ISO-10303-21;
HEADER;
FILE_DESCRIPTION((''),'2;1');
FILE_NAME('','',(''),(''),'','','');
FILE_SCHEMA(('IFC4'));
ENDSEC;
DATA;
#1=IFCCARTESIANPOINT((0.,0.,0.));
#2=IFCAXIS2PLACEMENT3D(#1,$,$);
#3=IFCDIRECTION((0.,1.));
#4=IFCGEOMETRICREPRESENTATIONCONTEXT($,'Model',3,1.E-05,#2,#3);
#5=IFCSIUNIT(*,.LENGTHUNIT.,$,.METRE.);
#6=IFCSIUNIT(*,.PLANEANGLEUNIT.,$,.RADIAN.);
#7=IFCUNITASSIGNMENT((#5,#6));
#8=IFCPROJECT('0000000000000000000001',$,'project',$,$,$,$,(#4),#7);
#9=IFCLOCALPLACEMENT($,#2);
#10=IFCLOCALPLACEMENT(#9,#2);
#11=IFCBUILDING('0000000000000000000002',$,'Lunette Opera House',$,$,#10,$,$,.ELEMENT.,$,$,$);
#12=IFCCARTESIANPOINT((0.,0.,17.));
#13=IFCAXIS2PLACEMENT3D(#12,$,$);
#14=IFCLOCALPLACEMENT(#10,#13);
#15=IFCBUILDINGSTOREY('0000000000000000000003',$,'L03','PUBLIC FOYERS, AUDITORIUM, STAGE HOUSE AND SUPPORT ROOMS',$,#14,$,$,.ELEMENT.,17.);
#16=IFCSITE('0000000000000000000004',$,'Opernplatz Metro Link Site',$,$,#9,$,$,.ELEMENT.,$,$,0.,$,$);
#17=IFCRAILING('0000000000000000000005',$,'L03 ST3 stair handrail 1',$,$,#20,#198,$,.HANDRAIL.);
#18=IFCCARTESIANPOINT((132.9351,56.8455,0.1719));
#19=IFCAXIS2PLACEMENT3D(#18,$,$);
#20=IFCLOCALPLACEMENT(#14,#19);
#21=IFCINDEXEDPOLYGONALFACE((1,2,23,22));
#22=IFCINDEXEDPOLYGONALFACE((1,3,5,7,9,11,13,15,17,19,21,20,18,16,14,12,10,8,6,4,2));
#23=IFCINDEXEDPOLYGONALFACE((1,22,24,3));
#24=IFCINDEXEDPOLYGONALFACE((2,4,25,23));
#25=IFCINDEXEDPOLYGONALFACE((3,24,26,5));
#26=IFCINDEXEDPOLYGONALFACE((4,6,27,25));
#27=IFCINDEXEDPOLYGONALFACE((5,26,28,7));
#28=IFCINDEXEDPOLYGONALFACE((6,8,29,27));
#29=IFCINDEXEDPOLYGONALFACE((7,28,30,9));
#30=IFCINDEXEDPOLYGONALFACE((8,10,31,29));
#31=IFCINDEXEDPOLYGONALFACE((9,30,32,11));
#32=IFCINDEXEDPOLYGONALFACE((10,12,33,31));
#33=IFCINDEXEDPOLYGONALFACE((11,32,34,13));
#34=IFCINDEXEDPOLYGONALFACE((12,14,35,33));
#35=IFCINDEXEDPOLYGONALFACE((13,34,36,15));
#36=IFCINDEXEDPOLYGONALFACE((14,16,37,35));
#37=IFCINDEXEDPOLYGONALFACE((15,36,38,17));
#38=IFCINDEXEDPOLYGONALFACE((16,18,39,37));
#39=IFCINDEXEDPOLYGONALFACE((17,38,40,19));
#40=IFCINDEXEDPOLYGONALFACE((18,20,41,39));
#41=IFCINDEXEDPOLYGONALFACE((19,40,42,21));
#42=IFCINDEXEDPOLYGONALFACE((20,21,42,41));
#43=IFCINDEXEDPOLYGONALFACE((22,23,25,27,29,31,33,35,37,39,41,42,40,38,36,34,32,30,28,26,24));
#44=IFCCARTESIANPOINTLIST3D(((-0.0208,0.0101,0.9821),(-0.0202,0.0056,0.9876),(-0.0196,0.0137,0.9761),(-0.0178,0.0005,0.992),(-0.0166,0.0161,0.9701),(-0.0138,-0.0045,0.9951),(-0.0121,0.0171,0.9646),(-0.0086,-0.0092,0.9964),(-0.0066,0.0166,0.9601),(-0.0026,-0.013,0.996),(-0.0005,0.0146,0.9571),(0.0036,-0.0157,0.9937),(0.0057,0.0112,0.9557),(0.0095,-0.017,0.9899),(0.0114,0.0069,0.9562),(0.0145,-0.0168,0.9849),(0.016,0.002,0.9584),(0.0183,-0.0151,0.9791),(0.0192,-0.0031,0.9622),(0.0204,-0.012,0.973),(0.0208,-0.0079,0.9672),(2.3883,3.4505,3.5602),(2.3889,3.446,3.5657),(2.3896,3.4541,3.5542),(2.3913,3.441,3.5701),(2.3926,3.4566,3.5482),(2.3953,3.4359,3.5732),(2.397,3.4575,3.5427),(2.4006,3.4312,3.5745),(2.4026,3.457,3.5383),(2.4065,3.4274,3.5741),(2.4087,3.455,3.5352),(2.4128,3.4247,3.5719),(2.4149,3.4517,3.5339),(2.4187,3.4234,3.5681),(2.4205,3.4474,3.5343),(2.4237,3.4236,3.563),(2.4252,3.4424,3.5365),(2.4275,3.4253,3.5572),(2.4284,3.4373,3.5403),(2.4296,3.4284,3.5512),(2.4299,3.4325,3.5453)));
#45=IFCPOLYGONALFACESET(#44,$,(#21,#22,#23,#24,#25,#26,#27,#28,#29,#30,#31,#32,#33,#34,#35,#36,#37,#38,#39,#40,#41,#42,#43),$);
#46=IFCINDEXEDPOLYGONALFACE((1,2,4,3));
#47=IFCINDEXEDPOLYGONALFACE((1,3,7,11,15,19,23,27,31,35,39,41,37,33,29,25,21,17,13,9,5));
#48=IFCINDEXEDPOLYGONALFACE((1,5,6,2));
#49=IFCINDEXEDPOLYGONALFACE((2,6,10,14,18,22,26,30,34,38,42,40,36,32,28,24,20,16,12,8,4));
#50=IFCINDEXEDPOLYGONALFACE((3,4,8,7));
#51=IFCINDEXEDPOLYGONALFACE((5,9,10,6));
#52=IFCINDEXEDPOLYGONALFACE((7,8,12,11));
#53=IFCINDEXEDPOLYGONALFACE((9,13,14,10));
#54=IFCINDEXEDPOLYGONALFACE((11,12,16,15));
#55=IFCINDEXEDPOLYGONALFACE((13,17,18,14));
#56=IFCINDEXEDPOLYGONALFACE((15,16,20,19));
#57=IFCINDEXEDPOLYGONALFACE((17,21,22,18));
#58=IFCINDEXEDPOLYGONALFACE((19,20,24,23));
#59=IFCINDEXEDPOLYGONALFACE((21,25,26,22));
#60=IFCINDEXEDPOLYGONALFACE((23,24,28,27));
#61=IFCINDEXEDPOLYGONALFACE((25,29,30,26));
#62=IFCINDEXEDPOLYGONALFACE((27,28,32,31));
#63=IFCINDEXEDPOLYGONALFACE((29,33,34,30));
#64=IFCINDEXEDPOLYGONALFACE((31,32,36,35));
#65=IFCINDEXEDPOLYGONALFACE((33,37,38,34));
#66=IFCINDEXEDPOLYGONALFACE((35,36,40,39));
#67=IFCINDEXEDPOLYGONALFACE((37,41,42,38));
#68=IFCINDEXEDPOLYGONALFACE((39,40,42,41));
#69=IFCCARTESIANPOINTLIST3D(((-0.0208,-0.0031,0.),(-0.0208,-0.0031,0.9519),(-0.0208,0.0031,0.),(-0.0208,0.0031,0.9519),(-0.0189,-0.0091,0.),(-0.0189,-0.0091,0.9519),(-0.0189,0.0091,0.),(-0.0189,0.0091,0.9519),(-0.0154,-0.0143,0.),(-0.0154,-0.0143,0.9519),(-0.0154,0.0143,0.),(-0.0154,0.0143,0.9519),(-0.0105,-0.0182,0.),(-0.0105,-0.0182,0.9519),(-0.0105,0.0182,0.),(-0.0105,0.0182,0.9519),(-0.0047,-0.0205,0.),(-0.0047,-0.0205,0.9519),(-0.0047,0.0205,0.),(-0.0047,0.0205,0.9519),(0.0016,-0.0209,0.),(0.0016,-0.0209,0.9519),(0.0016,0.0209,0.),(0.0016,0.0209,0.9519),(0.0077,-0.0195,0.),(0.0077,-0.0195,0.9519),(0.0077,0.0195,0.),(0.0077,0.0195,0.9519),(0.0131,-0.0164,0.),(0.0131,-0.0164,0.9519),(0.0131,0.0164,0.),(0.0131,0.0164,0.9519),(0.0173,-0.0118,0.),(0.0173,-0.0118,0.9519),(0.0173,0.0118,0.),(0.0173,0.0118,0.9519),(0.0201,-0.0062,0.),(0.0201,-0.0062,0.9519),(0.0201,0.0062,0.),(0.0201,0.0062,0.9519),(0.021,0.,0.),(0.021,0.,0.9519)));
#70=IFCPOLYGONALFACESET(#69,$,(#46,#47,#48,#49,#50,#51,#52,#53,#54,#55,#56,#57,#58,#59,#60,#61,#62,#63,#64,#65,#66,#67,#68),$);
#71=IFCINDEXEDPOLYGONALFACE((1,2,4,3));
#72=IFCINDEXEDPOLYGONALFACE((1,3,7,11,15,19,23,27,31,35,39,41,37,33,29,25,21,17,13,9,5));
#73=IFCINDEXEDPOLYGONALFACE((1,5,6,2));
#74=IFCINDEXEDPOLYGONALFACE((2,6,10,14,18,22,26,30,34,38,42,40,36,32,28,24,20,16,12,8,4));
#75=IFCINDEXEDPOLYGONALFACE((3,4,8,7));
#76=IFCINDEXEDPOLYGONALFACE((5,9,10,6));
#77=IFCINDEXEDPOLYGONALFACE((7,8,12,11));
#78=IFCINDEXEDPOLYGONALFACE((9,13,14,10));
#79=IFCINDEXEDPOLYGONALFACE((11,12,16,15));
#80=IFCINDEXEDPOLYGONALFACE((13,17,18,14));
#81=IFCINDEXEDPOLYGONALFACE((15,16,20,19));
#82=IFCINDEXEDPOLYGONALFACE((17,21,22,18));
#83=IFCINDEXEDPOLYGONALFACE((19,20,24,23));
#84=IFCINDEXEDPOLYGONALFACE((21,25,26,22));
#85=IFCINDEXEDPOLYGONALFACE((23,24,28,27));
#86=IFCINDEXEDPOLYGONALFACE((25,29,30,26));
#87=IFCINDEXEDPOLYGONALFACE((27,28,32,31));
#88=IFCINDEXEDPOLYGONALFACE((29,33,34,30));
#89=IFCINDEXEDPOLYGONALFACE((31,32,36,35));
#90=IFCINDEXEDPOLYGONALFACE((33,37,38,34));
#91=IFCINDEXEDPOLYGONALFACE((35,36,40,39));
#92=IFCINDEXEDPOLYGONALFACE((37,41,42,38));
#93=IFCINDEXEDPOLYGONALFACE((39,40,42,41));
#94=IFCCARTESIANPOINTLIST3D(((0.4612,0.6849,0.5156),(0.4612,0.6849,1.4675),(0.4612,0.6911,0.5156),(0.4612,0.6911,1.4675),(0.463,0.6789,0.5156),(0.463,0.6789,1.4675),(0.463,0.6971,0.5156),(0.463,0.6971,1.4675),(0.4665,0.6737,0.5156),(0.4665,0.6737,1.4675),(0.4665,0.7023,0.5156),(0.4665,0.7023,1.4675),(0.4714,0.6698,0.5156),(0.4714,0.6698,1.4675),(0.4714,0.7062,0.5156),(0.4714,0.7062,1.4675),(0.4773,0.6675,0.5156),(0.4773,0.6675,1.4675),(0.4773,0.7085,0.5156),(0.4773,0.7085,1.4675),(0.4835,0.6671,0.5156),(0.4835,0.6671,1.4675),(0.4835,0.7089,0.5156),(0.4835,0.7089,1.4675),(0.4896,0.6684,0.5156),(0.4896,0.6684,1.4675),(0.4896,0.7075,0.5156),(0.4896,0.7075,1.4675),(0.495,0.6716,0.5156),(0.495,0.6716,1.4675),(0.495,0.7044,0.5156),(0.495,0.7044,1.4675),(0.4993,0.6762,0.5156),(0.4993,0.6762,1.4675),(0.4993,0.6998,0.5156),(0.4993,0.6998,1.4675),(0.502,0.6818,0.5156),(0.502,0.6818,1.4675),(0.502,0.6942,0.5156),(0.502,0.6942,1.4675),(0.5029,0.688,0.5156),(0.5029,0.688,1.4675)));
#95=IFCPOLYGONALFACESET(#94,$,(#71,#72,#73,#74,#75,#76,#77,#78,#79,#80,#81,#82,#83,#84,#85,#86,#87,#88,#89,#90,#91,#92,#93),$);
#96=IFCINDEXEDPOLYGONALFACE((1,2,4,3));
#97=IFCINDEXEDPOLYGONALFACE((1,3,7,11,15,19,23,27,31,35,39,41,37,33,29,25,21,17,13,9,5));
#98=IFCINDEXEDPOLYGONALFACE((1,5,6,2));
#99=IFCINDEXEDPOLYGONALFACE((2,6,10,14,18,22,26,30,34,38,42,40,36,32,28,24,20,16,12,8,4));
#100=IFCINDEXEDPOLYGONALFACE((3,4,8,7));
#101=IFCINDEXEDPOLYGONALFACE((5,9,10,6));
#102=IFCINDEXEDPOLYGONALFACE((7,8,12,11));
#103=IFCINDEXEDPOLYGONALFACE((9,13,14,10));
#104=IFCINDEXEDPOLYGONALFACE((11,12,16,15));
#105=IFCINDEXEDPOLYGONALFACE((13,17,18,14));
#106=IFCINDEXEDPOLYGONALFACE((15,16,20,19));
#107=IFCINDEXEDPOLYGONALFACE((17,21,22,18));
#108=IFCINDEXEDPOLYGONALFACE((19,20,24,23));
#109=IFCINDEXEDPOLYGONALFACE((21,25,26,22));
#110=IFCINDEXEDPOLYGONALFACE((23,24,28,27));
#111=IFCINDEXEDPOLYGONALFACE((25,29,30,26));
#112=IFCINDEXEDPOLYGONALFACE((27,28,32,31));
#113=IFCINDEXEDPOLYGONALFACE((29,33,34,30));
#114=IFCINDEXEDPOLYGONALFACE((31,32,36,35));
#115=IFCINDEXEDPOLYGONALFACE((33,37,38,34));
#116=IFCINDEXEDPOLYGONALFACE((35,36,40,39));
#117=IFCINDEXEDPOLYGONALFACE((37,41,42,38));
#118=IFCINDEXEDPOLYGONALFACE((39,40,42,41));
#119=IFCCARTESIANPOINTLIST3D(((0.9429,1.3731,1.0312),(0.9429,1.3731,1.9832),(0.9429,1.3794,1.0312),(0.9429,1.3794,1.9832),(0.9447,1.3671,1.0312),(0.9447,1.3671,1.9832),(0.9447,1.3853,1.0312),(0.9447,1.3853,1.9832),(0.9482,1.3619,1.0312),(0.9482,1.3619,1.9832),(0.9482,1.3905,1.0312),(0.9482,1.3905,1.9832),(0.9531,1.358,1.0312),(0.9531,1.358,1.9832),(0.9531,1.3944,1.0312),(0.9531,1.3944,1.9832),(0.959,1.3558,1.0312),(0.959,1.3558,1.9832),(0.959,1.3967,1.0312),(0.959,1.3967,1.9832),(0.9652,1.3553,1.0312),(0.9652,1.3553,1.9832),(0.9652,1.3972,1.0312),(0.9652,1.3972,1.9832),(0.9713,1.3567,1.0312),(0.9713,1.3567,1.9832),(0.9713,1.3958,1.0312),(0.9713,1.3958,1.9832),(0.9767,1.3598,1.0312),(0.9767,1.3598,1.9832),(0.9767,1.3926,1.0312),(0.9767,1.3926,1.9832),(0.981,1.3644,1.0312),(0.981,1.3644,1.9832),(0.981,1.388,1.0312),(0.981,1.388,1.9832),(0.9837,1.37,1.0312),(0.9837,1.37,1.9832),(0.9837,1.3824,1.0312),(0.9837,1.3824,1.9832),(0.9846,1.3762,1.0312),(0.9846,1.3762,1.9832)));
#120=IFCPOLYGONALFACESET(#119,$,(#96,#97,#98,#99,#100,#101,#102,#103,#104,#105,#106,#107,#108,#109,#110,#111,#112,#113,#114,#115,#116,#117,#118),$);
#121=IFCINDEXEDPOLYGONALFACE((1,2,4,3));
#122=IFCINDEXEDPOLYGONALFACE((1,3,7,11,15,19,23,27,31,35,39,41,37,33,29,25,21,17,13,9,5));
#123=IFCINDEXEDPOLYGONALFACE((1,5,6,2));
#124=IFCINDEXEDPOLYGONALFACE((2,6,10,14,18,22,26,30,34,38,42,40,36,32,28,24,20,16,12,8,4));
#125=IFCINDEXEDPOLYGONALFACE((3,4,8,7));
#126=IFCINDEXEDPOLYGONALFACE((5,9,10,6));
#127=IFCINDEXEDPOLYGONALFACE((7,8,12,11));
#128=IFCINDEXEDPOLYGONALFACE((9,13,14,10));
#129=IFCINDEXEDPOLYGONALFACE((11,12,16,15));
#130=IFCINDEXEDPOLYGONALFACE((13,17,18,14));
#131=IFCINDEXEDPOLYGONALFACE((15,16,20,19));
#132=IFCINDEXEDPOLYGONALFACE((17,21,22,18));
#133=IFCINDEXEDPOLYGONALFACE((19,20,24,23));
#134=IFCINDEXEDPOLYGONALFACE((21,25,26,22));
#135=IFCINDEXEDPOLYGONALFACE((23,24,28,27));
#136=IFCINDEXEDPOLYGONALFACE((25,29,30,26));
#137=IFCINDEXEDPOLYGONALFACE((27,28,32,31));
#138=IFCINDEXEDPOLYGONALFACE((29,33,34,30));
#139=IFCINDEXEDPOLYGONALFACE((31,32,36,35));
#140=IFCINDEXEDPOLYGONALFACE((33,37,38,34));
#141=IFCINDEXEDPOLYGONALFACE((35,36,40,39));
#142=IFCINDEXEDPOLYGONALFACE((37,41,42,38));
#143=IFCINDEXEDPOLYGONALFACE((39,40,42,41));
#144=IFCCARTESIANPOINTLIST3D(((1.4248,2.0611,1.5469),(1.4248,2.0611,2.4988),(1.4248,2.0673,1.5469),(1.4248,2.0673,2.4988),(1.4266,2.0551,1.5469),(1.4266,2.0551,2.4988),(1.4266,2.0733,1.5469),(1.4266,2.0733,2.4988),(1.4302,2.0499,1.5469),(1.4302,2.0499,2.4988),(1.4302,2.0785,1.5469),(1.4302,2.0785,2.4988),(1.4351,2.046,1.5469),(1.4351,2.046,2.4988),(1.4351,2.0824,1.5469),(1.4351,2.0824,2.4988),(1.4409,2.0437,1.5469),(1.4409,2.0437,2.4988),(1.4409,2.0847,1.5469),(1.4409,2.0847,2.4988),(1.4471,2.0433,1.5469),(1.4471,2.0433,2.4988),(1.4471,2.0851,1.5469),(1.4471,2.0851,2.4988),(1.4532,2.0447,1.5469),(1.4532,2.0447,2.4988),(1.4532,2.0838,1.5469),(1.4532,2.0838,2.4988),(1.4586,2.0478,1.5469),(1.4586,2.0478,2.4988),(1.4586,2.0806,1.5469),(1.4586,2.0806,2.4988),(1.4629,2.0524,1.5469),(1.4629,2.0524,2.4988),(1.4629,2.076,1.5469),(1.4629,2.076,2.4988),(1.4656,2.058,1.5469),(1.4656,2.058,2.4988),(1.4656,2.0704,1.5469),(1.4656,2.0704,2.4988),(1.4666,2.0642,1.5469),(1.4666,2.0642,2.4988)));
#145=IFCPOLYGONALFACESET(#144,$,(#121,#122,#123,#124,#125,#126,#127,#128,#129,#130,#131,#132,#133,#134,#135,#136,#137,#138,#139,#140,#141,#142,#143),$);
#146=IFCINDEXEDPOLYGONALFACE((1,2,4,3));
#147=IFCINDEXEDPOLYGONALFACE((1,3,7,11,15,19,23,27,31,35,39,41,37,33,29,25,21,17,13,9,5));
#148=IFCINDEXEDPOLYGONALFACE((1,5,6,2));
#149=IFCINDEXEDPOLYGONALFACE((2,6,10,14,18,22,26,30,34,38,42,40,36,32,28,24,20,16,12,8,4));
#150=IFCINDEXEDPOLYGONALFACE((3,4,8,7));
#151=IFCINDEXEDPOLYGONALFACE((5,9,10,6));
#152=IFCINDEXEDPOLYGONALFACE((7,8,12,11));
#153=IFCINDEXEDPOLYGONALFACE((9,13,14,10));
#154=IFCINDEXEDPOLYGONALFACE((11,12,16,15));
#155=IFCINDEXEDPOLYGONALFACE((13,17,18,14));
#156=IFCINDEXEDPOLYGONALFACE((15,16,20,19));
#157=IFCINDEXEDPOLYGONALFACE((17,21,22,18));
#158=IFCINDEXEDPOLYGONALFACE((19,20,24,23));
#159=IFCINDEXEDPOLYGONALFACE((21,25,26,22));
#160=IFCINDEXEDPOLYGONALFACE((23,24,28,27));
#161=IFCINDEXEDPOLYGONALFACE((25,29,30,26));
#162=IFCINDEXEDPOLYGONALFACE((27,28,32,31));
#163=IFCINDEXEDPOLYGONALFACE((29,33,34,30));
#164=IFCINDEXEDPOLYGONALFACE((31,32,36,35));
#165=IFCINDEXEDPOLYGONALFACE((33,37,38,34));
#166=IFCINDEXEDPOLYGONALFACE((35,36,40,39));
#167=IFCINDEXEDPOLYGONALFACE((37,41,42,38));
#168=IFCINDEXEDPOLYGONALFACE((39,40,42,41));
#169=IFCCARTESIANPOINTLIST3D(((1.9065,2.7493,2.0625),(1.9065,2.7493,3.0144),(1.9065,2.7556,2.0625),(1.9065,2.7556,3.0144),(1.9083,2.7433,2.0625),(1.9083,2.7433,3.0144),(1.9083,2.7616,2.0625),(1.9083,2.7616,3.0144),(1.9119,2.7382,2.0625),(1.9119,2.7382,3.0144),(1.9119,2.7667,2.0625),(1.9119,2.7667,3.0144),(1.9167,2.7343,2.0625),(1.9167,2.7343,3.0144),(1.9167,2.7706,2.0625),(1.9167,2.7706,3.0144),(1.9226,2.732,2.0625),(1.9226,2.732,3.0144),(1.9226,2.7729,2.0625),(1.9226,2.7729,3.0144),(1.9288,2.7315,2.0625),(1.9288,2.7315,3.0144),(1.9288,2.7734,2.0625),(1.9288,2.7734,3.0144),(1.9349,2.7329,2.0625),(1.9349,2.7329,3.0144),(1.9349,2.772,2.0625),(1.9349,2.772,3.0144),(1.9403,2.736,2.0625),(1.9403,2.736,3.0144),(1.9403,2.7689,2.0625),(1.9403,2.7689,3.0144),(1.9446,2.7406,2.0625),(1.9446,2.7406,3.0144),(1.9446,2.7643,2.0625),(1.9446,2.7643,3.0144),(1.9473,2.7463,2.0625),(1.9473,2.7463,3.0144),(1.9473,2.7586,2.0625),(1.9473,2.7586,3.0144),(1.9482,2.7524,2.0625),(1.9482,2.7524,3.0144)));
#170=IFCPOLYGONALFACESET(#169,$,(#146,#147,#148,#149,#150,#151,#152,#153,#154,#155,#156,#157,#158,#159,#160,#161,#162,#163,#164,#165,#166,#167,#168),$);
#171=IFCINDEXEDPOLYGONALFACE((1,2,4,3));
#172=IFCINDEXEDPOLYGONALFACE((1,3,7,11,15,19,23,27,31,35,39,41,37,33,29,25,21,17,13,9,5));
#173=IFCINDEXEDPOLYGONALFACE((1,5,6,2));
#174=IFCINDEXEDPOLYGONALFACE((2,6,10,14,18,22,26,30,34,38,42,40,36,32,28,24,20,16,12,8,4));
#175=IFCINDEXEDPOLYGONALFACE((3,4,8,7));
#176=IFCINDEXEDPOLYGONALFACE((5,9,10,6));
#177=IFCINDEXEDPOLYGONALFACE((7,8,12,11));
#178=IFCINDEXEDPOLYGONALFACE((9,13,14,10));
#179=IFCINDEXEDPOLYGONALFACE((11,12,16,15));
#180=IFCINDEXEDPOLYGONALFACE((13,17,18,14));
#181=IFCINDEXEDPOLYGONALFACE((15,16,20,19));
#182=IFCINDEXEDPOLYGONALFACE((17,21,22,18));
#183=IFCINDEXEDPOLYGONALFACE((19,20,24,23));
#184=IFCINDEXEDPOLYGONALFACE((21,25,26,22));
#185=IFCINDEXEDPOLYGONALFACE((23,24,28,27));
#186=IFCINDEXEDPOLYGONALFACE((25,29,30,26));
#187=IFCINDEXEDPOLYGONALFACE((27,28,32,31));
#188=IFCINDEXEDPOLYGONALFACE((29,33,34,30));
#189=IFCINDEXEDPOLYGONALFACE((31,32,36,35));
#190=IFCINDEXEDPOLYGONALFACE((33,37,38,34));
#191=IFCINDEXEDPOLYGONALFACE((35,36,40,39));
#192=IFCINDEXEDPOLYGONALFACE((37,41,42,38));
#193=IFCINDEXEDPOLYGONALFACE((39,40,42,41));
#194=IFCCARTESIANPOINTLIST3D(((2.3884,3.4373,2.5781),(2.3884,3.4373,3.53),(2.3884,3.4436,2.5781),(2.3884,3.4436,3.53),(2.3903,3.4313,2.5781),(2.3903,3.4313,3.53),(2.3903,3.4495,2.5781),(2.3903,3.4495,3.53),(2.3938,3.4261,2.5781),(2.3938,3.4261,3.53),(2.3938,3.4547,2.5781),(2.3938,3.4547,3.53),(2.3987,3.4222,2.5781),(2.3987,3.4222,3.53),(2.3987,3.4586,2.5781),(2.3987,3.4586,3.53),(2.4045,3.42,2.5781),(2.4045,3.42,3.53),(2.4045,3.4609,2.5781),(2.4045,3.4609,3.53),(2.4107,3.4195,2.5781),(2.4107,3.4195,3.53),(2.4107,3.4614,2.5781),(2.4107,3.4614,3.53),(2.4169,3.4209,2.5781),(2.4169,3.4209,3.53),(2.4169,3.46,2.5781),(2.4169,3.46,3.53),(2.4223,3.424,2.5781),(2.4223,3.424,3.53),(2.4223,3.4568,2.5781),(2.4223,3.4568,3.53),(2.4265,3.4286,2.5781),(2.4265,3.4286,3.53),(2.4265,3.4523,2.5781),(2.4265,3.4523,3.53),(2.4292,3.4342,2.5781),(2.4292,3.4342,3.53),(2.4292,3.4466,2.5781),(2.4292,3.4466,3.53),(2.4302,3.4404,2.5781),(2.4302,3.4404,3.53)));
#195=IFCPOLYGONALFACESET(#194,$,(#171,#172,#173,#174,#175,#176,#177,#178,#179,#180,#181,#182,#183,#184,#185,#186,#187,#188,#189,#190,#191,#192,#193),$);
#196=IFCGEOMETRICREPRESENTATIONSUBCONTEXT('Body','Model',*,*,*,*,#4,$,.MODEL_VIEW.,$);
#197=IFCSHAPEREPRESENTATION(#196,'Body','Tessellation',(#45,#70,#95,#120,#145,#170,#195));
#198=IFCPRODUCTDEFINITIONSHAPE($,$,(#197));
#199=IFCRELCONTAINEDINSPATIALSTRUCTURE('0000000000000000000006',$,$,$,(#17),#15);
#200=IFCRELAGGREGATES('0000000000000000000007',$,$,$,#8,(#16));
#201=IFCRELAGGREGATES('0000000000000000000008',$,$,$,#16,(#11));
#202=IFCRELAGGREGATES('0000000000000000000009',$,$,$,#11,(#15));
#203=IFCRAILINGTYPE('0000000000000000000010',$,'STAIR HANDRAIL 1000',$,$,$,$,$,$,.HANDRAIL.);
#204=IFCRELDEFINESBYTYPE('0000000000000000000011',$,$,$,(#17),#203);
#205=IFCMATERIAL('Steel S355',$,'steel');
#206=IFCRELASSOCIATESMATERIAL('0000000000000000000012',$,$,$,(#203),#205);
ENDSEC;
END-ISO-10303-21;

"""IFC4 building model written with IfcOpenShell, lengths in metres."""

from ifc_helpers import new_model, si_unit, direction, frame, origin, origin_2d, place, context, subcontext, project, spatial, circle, extrude, material, type_object, element, save


model = new_model("IFC4")

# Units and contexts
model_context = context("Model", 3, precision=1e-05, world=origin(), true_north=direction((0.0, 1.0)))
body_context = subcontext(model_context, "Body", "Model", "MODEL_VIEW")
ifc_project = project(units=[si_unit("LENGTHUNIT", "METRE"), si_unit("PLANEANGLEUNIT", "RADIAN")], contexts=[model_context])

# Site, building, storey
site_placement = place(None, origin())
site = spatial("IfcSite", under=ifc_project, at=site_placement, Name="Opernplatz Metro Link Site", CompositionType="ELEMENT", RefElevation=0.0)
building_placement = place(site_placement, origin())
building = spatial("IfcBuilding", under=site, at=building_placement, Name="Lunette Opera House", CompositionType="ELEMENT")
storey_placement = place(building_placement, frame((0.0, 0.0, 17.0)))
storey = spatial("IfcBuildingStorey", under=building, at=storey_placement, Name="L03", Description="PUBLIC FOYERS, AUDITORIUM, STAGE HOUSE AND SUPPORT ROOMS", CompositionType="ELEMENT", Elevation=17.0)

# Railing
ifc_material_1 = material(Name="Steel S355", Category="steel")
railing_type = type_object("IfcRailingType", Name="STAIR HANDRAIL 1000", PredefinedType="HANDRAIL", material=ifc_material_1)
railing_placement = place(storey_placement, frame((132.9351, 56.8455, 0.1719)))
element("IfcRailing", 1, at=railing_placement, inside=storey, type_object=railing_type, Name="L03 ST3 stair handrail 1", PredefinedType="HANDRAIL", context=body_context, shape_type="SweptSolid", body=[
    extrude(circle(Radius=0.0239, at=origin_2d()), frame((0.0, 0.0, 0.9761), z_axis=(0.488853, 0.698107, 0.523134), x_axis=(-0.819134, 0.573603, 0.0)), (0.0, 0.0, 1.0), 4.9282),
    extrude(circle(Radius=0.021, at=origin_2d()), origin(), (0.0, 0.0, 1.0), 0.9519),
    extrude(circle(Radius=0.021, at=origin_2d()), frame((0.4819, 0.688, 0.5156)), (0.0, 0.0, 1.0), 0.9519),
    extrude(circle(Radius=0.021, at=origin_2d()), frame((0.9636, 1.3762, 1.0312)), (0.0, 0.0, 1.0), 0.9519),
    extrude(circle(Radius=0.021, at=origin_2d()), frame((1.4456, 2.0642, 1.5469)), (0.0, 0.0, 1.0), 0.9519),
    extrude(circle(Radius=0.021, at=origin_2d()), frame((1.9272, 2.7524, 2.0625)), (0.0, 0.0, 1.0), 0.9519),
    extrude(circle(Radius=0.021, at=origin_2d()), frame((2.4092, 3.4404, 2.5781)), (0.0, 0.0, 1.0), 0.9519),
])

save(model, "model.ifc")
